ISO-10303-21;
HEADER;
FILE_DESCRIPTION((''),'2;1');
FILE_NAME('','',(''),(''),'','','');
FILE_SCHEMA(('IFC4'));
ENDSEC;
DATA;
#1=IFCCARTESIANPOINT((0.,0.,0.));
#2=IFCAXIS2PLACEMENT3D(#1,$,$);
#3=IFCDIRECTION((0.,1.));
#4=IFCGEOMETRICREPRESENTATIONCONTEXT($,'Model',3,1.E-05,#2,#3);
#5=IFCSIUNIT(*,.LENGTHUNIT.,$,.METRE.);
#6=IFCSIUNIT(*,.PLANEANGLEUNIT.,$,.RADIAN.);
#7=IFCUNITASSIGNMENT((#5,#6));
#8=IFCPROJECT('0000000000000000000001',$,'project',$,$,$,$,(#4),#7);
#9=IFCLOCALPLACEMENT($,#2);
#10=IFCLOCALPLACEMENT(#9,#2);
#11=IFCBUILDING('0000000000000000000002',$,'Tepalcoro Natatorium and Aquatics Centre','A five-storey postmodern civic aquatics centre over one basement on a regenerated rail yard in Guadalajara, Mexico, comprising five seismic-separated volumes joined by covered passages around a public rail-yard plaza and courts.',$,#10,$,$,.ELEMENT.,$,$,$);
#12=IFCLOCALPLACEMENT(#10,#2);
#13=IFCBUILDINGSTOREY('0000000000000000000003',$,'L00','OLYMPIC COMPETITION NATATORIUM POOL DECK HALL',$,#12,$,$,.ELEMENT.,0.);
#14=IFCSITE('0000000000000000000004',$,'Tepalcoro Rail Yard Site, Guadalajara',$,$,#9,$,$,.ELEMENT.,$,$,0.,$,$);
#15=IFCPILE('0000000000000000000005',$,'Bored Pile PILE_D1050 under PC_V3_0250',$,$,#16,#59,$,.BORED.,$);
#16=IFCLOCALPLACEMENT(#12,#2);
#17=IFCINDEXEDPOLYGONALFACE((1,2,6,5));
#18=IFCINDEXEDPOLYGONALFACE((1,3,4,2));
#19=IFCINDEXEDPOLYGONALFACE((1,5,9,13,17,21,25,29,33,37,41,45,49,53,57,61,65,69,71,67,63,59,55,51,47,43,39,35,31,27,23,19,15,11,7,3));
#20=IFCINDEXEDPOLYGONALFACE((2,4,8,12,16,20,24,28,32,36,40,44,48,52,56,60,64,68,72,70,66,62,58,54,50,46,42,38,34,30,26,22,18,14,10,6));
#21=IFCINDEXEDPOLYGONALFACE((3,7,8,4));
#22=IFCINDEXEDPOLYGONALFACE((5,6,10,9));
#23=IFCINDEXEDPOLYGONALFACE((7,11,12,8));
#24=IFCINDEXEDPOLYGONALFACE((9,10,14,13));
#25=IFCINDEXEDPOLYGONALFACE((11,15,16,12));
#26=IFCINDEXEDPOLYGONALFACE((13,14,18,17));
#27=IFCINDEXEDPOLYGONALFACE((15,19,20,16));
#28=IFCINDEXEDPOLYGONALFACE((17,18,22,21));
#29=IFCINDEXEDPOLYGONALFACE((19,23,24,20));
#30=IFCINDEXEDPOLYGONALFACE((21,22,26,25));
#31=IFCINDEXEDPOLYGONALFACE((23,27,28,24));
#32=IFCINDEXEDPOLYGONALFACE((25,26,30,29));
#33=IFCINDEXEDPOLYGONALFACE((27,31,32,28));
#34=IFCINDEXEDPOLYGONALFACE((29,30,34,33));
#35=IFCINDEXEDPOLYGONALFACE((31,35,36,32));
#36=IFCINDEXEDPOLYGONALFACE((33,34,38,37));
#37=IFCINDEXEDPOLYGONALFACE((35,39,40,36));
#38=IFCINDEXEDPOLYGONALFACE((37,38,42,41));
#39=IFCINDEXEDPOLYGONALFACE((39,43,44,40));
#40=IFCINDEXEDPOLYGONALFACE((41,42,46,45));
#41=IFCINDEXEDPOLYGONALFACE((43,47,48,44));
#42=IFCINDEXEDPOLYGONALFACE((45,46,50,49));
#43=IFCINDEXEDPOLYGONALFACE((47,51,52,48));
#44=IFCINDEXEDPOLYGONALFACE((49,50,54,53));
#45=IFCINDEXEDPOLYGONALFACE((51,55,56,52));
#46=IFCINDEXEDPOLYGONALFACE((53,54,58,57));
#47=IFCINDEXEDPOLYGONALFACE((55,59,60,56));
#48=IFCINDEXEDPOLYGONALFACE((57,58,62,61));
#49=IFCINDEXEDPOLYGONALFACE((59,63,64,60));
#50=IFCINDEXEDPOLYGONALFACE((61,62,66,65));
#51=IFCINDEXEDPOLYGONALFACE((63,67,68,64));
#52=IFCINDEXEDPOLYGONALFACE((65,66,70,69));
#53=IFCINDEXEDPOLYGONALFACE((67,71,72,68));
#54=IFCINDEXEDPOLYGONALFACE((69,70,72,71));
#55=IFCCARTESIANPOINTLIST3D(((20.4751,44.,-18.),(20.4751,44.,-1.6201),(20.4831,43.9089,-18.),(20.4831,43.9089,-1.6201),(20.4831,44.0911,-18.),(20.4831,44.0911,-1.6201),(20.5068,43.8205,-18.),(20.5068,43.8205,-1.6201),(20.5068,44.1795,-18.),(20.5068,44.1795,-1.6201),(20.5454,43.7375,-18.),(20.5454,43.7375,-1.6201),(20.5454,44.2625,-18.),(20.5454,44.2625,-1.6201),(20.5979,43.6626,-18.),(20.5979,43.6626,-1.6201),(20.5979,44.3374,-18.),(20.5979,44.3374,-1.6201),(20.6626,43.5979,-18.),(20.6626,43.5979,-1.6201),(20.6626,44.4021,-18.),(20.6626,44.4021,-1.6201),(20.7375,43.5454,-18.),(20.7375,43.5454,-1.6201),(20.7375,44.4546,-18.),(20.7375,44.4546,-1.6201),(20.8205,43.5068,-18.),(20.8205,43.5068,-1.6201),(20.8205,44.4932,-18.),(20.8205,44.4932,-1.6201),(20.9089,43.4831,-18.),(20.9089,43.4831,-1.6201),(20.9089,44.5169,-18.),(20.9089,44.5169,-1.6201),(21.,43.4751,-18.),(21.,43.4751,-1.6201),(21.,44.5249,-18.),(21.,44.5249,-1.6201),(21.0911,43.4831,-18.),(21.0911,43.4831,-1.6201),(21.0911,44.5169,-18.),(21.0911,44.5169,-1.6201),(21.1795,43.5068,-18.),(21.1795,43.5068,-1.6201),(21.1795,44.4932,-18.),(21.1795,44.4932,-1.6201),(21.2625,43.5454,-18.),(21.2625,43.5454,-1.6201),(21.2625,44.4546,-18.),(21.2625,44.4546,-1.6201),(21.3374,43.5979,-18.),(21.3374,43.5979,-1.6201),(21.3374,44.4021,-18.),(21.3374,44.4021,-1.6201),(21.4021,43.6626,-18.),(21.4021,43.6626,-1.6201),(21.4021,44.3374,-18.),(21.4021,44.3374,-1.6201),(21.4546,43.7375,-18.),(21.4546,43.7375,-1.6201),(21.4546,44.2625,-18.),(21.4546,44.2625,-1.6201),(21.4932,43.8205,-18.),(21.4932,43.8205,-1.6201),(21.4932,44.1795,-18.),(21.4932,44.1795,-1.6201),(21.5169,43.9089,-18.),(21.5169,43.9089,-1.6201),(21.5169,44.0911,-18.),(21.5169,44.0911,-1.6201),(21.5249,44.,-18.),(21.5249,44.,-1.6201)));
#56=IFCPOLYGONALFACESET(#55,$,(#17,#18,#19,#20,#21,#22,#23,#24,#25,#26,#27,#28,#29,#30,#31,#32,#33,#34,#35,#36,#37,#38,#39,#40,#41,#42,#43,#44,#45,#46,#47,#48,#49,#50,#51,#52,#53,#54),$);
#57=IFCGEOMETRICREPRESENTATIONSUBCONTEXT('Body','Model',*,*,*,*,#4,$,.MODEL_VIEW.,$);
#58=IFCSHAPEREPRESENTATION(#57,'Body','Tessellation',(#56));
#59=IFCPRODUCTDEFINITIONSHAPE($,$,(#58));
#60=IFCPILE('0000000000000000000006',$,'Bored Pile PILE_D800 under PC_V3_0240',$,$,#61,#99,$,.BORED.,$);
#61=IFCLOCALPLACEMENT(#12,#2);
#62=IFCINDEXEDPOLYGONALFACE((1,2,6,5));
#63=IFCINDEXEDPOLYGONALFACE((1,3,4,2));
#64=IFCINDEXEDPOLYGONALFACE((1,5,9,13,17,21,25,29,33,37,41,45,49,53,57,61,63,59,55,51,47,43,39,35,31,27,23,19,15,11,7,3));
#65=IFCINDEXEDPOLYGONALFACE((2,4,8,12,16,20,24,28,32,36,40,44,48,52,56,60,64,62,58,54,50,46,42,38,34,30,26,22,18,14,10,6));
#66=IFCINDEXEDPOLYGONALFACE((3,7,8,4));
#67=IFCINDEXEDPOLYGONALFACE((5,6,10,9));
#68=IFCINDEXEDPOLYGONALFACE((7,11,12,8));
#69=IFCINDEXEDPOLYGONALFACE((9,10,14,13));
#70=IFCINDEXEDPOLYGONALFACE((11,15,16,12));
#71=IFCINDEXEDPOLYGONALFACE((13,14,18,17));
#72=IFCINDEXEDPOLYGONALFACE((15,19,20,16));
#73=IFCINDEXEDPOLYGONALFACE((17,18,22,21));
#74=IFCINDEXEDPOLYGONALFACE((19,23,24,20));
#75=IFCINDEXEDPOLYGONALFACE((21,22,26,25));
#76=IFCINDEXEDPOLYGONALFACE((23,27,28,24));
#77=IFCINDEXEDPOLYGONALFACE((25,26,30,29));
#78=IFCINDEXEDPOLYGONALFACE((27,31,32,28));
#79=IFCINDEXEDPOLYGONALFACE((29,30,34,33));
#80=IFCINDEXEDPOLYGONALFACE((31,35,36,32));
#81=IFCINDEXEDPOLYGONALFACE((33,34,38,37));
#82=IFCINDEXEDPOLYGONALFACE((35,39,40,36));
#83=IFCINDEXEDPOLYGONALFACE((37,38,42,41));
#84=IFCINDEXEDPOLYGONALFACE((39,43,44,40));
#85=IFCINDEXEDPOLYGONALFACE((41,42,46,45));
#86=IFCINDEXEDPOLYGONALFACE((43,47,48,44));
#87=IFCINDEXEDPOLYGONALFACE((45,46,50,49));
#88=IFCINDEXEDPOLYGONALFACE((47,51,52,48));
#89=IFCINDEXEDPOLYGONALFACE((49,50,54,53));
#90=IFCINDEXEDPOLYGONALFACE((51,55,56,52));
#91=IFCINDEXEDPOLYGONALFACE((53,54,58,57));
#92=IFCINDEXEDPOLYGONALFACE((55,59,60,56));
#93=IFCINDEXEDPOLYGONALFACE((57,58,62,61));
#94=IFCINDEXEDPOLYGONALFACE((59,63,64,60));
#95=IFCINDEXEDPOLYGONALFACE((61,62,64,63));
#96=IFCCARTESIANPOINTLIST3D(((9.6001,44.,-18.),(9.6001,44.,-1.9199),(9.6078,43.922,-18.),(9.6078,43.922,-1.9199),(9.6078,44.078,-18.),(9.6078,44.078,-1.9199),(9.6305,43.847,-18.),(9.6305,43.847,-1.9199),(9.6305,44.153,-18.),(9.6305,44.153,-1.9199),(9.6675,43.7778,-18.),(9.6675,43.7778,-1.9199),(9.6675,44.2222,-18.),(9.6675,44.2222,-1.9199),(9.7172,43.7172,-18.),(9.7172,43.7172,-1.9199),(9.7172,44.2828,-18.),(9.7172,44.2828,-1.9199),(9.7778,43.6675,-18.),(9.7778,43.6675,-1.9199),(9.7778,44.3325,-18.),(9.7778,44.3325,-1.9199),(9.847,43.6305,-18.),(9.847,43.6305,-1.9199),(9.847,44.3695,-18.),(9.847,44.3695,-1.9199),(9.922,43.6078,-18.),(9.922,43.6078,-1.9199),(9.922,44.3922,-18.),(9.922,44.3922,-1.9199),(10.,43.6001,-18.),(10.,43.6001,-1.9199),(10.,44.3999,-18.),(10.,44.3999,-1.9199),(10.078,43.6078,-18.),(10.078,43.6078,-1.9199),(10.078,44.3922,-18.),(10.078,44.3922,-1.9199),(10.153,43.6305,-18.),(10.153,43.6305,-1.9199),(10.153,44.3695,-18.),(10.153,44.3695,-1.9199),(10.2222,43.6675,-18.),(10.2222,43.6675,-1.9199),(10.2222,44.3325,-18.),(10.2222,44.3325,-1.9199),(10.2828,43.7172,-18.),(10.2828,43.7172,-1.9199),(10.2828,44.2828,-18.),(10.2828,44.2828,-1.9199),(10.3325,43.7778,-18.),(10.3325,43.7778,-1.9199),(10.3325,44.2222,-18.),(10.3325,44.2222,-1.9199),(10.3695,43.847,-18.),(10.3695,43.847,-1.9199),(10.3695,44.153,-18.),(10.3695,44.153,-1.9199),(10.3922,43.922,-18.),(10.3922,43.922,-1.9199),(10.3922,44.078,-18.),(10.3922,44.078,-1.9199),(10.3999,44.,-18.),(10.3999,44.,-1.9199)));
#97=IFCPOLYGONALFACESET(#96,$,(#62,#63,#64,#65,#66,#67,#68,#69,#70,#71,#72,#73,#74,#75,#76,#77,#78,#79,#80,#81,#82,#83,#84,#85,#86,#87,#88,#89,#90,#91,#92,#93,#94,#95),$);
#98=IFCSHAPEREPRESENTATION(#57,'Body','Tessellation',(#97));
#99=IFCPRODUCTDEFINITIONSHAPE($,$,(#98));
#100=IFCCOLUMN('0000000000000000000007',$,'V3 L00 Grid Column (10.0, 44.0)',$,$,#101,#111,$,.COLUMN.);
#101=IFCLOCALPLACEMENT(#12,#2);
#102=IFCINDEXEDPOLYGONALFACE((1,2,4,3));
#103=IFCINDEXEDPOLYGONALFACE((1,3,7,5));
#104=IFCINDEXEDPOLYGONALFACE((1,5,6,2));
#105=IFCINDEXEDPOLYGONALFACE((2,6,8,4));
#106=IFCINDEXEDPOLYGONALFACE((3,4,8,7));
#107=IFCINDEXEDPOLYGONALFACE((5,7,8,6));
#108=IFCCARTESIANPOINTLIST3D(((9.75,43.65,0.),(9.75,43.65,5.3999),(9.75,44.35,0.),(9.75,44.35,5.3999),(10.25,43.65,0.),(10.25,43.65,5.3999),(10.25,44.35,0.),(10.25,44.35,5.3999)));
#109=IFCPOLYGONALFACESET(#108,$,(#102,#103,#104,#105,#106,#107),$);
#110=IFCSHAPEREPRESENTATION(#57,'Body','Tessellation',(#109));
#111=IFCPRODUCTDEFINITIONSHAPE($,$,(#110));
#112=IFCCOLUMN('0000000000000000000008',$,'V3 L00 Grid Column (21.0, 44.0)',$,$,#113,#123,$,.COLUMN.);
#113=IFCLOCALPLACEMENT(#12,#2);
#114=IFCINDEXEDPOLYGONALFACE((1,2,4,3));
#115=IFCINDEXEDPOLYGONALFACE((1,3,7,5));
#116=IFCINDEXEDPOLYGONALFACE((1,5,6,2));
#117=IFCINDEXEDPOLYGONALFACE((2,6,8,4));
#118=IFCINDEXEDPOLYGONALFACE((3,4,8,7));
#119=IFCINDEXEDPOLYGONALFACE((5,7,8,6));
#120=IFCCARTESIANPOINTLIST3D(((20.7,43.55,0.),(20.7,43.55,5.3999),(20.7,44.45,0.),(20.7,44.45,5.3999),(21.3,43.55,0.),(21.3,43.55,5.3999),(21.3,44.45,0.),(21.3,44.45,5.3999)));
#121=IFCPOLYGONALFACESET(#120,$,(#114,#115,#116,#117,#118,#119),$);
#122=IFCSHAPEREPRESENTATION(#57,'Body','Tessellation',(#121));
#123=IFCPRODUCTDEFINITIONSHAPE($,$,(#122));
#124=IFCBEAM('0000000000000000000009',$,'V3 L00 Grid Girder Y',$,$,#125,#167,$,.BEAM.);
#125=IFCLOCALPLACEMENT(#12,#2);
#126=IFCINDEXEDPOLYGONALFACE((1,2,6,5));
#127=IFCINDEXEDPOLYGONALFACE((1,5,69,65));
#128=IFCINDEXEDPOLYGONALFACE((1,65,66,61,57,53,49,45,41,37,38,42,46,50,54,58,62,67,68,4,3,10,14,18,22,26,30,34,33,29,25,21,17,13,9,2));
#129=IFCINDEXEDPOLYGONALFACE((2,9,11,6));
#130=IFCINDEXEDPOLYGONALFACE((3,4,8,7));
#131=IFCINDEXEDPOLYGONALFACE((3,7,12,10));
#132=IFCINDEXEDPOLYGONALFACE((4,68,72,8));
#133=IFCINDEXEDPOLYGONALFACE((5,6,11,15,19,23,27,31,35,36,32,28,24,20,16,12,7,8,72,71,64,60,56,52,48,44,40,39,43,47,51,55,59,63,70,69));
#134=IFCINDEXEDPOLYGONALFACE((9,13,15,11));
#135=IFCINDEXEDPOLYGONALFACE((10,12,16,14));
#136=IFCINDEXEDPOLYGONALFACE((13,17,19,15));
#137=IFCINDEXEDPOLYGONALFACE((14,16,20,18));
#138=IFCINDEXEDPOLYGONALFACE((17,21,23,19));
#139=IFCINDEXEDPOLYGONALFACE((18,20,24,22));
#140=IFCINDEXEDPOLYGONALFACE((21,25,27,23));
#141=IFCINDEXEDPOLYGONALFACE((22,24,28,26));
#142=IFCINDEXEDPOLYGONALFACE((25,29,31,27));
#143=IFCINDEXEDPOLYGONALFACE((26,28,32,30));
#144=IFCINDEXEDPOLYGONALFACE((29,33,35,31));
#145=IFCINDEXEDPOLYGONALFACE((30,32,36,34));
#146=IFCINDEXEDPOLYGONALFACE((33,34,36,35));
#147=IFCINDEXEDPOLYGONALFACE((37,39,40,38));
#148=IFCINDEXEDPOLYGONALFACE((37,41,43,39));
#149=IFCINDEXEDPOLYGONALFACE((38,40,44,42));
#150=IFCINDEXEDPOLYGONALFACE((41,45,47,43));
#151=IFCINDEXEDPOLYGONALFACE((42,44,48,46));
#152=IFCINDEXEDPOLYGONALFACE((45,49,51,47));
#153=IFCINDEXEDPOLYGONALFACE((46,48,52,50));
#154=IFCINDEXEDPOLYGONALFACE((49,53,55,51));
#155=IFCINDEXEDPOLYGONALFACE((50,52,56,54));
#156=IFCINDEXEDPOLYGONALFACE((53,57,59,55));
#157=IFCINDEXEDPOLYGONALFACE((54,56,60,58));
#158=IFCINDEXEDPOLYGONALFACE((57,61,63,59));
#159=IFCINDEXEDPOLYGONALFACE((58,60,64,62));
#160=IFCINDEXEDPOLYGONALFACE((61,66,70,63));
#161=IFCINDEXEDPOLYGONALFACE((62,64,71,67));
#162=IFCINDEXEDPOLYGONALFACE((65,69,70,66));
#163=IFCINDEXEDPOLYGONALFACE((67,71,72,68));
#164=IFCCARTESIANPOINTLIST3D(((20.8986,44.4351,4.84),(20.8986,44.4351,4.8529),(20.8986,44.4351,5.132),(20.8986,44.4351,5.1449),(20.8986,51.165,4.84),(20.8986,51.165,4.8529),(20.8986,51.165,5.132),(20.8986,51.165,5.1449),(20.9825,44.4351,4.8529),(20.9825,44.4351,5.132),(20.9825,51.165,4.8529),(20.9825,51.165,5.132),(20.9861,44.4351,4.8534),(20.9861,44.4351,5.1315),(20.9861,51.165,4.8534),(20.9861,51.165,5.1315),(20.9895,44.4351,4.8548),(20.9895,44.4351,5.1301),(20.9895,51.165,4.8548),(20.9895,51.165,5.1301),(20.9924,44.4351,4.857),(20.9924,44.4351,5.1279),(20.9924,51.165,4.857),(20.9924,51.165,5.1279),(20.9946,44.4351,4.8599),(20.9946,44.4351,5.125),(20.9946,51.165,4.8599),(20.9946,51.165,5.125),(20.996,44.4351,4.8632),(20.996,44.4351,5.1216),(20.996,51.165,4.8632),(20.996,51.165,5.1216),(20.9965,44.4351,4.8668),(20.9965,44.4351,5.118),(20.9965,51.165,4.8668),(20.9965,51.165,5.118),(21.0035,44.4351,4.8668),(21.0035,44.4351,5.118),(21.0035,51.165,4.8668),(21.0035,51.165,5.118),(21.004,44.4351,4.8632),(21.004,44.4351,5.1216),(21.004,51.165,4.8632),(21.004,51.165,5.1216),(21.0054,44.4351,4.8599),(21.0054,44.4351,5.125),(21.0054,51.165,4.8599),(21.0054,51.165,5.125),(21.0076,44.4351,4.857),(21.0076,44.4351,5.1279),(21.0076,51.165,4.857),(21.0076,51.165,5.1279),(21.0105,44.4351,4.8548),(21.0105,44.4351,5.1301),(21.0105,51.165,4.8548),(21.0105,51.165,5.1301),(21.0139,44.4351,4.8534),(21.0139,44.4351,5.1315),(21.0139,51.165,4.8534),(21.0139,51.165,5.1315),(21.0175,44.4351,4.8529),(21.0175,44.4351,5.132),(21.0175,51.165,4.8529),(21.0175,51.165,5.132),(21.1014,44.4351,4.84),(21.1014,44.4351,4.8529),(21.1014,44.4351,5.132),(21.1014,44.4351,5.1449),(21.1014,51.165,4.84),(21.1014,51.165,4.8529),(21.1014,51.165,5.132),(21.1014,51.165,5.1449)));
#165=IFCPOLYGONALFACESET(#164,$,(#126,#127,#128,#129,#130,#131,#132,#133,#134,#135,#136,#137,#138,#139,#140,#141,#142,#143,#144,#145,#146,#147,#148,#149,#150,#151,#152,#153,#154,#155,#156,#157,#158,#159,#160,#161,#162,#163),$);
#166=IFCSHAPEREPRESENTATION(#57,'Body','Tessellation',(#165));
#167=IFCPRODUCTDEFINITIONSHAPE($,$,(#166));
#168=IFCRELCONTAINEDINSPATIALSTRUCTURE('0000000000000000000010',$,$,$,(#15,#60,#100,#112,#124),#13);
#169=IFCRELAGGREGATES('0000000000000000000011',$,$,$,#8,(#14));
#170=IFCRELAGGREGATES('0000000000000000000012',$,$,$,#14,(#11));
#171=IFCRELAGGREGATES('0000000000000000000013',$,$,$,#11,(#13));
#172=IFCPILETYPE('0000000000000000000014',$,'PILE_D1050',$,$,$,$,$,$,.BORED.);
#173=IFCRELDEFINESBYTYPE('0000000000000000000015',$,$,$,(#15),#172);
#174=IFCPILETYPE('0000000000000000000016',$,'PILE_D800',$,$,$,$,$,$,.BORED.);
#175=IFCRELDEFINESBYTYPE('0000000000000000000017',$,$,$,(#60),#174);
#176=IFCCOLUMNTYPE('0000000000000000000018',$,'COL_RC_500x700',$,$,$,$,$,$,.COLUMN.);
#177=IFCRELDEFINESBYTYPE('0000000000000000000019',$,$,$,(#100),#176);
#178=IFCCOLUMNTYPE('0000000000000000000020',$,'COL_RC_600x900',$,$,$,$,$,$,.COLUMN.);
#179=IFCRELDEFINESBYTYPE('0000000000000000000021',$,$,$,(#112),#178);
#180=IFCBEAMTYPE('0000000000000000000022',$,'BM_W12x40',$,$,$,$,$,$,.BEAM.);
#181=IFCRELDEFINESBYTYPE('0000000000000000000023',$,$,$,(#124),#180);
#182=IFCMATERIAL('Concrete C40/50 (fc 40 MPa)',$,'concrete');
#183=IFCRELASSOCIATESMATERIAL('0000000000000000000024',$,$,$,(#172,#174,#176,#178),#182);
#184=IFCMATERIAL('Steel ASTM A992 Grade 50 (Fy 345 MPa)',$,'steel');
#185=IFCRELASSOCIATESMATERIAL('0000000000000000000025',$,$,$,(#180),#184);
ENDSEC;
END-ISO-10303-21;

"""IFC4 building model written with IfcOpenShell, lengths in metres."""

from ifc_helpers import new_model, si_unit, direction, frame, origin, origin_2d, place, context, subcontext, project, spatial, rectangle, circle, i_section, extrude, material, material_profile, profile_set, type_object, element, save


model = new_model("IFC4")

# Units and contexts
model_context = context("Model", 3, precision=1e-05, world=origin(), true_north=direction((0.0, 1.0)))
body_context = subcontext(model_context, "Body", "Model", "MODEL_VIEW")
ifc_project = project(units=[si_unit("LENGTHUNIT", "METRE"), si_unit("PLANEANGLEUNIT", "RADIAN")], contexts=[model_context])

# Site, building, storey
site_placement = place(None, origin())
site = spatial("IfcSite", under=ifc_project, at=site_placement, Name="Tepalcoro Rail Yard Site, Guadalajara", CompositionType="ELEMENT", RefElevation=0.0)
building_placement = place(site_placement, origin())
building = spatial("IfcBuilding", under=site, at=building_placement, Name="Tepalcoro Natatorium and Aquatics Centre", Description="A five-storey postmodern civic aquatics centre over one basement on a regenerated rail yard in Guadalajara, Mexico, comprising five seismic-separated volumes joined by covered passages around a public rail-yard plaza and courts.", CompositionType="ELEMENT")
storey_placement = place(building_placement, origin())
storey = spatial("IfcBuildingStorey", under=building, at=storey_placement, Name="L00", Description="OLYMPIC COMPETITION NATATORIUM POOL DECK HALL", CompositionType="ELEMENT", Elevation=0.0)

# Piles
ifc_material_1 = material(Name="Concrete C40/50 (fc 40 MPa)", Category="concrete")
ifc_material_profile_1 = material_profile(ifc_material_1, circle(Radius=0.5249, at=origin_2d()), Name="PILE_D1050")
ifc_profile_set_1 = profile_set([ifc_material_profile_1], Name="Concrete C40/50 (fc 40 MPa)")
pile_type_1 = type_object("IfcPileType", Name="PILE_D1050", PredefinedType="BORED", material=ifc_profile_set_1)
pile_1_placement = place(storey_placement, frame((21.0, 44.0, -1.6201), z_axis=(0.0, 0.0, -1.0), x_axis=(1.0, 0.0, 0.0)))
element("IfcPile", 1, at=pile_1_placement, inside=storey, type_object=pile_type_1, Name="Bored Pile PILE_D1050 under PC_V3_0250", PredefinedType="BORED", context=body_context, shape_type="SweptSolid", body=[
    extrude(circle(Radius=0.5249, at=origin_2d()), origin(), (0.0, 0.0, 1.0), 16.3799),
])
ifc_material_profile_2 = material_profile(ifc_material_1, circle(Radius=0.3999, at=origin_2d()), Name="PILE_D800")
ifc_profile_set_2 = profile_set([ifc_material_profile_2], Name="Concrete C40/50 (fc 40 MPa)")
pile_type_2 = type_object("IfcPileType", Name="PILE_D800", PredefinedType="BORED", material=ifc_profile_set_2)
pile_2_placement = place(storey_placement, frame((10.0, 44.0, -1.9199), z_axis=(0.0, 0.0, -1.0), x_axis=(1.0, 0.0, 0.0)))
element("IfcPile", 2, at=pile_2_placement, inside=storey, type_object=pile_type_2, Name="Bored Pile PILE_D800 under PC_V3_0240", PredefinedType="BORED", context=body_context, shape_type="SweptSolid", body=[
    extrude(circle(Radius=0.3999, at=origin_2d()), origin(), (0.0, 0.0, 1.0), 16.0801),
])

# Columns
ifc_material_profile_3 = material_profile(ifc_material_1, rectangle(XDim=0.5, YDim=0.7, at=origin_2d()), Name="RC500x700")
ifc_profile_set_3 = profile_set([ifc_material_profile_3], Name="Concrete C40/50 (fc 40 MPa)")
column_type_1 = type_object("IfcColumnType", Name="COL_RC_500x700", PredefinedType="COLUMN", material=ifc_profile_set_3)
column_1_placement = place(storey_placement, frame((10.0, 44.0, 0.0), z_axis=(0.0, 0.0, 1.0), x_axis=(1.0, 0.0, 0.0)))
element("IfcColumn", 3, at=column_1_placement, inside=storey, type_object=column_type_1, Name="V3 L00 Grid Column (10.0, 44.0)", PredefinedType="COLUMN", context=body_context, shape_type="SweptSolid", body=[
    extrude(rectangle(XDim=0.5, YDim=0.7, at=origin_2d()), origin(), (0.0, 0.0, 1.0), 5.3999),
])
ifc_material_profile_4 = material_profile(ifc_material_1, rectangle(XDim=0.6001, YDim=0.8999, at=origin_2d()), Name="RC600x900")
ifc_profile_set_4 = profile_set([ifc_material_profile_4], Name="Concrete C40/50 (fc 40 MPa)")
column_type_2 = type_object("IfcColumnType", Name="COL_RC_600x900", PredefinedType="COLUMN", material=ifc_profile_set_4)
column_2_placement = place(storey_placement, frame((21.0, 44.0, 0.0), z_axis=(0.0, 0.0, 1.0), x_axis=(1.0, 0.0, 0.0)))
element("IfcColumn", 4, at=column_2_placement, inside=storey, type_object=column_type_2, Name="V3 L00 Grid Column (21.0, 44.0)", PredefinedType="COLUMN", context=body_context, shape_type="SweptSolid", body=[
    extrude(rectangle(XDim=0.6001, YDim=0.8999, at=origin_2d()), origin(), (0.0, 0.0, 1.0), 5.3999),
])

# Beam
ifc_material_2 = material(Name="Steel ASTM A992 Grade 50 (Fy 345 MPa)", Category="steel")
ifc_material_profile_5 = material_profile(ifc_material_2, i_section(OverallWidth=0.2029, OverallDepth=0.3049, WebThickness=0.0071, FlangeThickness=0.0129, FilletRadius=0.0139, at=origin_2d()), Name="W12X40")
ifc_profile_set_5 = profile_set([ifc_material_profile_5], Name="Steel ASTM A992 Grade 50 (Fy 345 MPa)")
beam_type_1 = type_object("IfcBeamType", Name="BM_W12x40", PredefinedType="BEAM", material=ifc_profile_set_5)
beam_1_placement = place(storey_placement, frame((21.0, 44.4351, 4.9924), z_axis=(0.0, 1.0, 0.0), x_axis=(-1.0, 0.0, 0.0)))
element("IfcBeam", 5, at=beam_1_placement, inside=storey, type_object=beam_type_1, Name="V3 L00 Grid Girder Y", PredefinedType="BEAM", context=body_context, shape_type="SweptSolid", body=[
    extrude(i_section(OverallWidth=0.2029, OverallDepth=0.3049, WebThickness=0.0071, FlangeThickness=0.0129, FilletRadius=0.0139, at=origin_2d()), origin(), (0.0, 0.0, 1.0), 6.73),
])

save(model, "model.ifc")
